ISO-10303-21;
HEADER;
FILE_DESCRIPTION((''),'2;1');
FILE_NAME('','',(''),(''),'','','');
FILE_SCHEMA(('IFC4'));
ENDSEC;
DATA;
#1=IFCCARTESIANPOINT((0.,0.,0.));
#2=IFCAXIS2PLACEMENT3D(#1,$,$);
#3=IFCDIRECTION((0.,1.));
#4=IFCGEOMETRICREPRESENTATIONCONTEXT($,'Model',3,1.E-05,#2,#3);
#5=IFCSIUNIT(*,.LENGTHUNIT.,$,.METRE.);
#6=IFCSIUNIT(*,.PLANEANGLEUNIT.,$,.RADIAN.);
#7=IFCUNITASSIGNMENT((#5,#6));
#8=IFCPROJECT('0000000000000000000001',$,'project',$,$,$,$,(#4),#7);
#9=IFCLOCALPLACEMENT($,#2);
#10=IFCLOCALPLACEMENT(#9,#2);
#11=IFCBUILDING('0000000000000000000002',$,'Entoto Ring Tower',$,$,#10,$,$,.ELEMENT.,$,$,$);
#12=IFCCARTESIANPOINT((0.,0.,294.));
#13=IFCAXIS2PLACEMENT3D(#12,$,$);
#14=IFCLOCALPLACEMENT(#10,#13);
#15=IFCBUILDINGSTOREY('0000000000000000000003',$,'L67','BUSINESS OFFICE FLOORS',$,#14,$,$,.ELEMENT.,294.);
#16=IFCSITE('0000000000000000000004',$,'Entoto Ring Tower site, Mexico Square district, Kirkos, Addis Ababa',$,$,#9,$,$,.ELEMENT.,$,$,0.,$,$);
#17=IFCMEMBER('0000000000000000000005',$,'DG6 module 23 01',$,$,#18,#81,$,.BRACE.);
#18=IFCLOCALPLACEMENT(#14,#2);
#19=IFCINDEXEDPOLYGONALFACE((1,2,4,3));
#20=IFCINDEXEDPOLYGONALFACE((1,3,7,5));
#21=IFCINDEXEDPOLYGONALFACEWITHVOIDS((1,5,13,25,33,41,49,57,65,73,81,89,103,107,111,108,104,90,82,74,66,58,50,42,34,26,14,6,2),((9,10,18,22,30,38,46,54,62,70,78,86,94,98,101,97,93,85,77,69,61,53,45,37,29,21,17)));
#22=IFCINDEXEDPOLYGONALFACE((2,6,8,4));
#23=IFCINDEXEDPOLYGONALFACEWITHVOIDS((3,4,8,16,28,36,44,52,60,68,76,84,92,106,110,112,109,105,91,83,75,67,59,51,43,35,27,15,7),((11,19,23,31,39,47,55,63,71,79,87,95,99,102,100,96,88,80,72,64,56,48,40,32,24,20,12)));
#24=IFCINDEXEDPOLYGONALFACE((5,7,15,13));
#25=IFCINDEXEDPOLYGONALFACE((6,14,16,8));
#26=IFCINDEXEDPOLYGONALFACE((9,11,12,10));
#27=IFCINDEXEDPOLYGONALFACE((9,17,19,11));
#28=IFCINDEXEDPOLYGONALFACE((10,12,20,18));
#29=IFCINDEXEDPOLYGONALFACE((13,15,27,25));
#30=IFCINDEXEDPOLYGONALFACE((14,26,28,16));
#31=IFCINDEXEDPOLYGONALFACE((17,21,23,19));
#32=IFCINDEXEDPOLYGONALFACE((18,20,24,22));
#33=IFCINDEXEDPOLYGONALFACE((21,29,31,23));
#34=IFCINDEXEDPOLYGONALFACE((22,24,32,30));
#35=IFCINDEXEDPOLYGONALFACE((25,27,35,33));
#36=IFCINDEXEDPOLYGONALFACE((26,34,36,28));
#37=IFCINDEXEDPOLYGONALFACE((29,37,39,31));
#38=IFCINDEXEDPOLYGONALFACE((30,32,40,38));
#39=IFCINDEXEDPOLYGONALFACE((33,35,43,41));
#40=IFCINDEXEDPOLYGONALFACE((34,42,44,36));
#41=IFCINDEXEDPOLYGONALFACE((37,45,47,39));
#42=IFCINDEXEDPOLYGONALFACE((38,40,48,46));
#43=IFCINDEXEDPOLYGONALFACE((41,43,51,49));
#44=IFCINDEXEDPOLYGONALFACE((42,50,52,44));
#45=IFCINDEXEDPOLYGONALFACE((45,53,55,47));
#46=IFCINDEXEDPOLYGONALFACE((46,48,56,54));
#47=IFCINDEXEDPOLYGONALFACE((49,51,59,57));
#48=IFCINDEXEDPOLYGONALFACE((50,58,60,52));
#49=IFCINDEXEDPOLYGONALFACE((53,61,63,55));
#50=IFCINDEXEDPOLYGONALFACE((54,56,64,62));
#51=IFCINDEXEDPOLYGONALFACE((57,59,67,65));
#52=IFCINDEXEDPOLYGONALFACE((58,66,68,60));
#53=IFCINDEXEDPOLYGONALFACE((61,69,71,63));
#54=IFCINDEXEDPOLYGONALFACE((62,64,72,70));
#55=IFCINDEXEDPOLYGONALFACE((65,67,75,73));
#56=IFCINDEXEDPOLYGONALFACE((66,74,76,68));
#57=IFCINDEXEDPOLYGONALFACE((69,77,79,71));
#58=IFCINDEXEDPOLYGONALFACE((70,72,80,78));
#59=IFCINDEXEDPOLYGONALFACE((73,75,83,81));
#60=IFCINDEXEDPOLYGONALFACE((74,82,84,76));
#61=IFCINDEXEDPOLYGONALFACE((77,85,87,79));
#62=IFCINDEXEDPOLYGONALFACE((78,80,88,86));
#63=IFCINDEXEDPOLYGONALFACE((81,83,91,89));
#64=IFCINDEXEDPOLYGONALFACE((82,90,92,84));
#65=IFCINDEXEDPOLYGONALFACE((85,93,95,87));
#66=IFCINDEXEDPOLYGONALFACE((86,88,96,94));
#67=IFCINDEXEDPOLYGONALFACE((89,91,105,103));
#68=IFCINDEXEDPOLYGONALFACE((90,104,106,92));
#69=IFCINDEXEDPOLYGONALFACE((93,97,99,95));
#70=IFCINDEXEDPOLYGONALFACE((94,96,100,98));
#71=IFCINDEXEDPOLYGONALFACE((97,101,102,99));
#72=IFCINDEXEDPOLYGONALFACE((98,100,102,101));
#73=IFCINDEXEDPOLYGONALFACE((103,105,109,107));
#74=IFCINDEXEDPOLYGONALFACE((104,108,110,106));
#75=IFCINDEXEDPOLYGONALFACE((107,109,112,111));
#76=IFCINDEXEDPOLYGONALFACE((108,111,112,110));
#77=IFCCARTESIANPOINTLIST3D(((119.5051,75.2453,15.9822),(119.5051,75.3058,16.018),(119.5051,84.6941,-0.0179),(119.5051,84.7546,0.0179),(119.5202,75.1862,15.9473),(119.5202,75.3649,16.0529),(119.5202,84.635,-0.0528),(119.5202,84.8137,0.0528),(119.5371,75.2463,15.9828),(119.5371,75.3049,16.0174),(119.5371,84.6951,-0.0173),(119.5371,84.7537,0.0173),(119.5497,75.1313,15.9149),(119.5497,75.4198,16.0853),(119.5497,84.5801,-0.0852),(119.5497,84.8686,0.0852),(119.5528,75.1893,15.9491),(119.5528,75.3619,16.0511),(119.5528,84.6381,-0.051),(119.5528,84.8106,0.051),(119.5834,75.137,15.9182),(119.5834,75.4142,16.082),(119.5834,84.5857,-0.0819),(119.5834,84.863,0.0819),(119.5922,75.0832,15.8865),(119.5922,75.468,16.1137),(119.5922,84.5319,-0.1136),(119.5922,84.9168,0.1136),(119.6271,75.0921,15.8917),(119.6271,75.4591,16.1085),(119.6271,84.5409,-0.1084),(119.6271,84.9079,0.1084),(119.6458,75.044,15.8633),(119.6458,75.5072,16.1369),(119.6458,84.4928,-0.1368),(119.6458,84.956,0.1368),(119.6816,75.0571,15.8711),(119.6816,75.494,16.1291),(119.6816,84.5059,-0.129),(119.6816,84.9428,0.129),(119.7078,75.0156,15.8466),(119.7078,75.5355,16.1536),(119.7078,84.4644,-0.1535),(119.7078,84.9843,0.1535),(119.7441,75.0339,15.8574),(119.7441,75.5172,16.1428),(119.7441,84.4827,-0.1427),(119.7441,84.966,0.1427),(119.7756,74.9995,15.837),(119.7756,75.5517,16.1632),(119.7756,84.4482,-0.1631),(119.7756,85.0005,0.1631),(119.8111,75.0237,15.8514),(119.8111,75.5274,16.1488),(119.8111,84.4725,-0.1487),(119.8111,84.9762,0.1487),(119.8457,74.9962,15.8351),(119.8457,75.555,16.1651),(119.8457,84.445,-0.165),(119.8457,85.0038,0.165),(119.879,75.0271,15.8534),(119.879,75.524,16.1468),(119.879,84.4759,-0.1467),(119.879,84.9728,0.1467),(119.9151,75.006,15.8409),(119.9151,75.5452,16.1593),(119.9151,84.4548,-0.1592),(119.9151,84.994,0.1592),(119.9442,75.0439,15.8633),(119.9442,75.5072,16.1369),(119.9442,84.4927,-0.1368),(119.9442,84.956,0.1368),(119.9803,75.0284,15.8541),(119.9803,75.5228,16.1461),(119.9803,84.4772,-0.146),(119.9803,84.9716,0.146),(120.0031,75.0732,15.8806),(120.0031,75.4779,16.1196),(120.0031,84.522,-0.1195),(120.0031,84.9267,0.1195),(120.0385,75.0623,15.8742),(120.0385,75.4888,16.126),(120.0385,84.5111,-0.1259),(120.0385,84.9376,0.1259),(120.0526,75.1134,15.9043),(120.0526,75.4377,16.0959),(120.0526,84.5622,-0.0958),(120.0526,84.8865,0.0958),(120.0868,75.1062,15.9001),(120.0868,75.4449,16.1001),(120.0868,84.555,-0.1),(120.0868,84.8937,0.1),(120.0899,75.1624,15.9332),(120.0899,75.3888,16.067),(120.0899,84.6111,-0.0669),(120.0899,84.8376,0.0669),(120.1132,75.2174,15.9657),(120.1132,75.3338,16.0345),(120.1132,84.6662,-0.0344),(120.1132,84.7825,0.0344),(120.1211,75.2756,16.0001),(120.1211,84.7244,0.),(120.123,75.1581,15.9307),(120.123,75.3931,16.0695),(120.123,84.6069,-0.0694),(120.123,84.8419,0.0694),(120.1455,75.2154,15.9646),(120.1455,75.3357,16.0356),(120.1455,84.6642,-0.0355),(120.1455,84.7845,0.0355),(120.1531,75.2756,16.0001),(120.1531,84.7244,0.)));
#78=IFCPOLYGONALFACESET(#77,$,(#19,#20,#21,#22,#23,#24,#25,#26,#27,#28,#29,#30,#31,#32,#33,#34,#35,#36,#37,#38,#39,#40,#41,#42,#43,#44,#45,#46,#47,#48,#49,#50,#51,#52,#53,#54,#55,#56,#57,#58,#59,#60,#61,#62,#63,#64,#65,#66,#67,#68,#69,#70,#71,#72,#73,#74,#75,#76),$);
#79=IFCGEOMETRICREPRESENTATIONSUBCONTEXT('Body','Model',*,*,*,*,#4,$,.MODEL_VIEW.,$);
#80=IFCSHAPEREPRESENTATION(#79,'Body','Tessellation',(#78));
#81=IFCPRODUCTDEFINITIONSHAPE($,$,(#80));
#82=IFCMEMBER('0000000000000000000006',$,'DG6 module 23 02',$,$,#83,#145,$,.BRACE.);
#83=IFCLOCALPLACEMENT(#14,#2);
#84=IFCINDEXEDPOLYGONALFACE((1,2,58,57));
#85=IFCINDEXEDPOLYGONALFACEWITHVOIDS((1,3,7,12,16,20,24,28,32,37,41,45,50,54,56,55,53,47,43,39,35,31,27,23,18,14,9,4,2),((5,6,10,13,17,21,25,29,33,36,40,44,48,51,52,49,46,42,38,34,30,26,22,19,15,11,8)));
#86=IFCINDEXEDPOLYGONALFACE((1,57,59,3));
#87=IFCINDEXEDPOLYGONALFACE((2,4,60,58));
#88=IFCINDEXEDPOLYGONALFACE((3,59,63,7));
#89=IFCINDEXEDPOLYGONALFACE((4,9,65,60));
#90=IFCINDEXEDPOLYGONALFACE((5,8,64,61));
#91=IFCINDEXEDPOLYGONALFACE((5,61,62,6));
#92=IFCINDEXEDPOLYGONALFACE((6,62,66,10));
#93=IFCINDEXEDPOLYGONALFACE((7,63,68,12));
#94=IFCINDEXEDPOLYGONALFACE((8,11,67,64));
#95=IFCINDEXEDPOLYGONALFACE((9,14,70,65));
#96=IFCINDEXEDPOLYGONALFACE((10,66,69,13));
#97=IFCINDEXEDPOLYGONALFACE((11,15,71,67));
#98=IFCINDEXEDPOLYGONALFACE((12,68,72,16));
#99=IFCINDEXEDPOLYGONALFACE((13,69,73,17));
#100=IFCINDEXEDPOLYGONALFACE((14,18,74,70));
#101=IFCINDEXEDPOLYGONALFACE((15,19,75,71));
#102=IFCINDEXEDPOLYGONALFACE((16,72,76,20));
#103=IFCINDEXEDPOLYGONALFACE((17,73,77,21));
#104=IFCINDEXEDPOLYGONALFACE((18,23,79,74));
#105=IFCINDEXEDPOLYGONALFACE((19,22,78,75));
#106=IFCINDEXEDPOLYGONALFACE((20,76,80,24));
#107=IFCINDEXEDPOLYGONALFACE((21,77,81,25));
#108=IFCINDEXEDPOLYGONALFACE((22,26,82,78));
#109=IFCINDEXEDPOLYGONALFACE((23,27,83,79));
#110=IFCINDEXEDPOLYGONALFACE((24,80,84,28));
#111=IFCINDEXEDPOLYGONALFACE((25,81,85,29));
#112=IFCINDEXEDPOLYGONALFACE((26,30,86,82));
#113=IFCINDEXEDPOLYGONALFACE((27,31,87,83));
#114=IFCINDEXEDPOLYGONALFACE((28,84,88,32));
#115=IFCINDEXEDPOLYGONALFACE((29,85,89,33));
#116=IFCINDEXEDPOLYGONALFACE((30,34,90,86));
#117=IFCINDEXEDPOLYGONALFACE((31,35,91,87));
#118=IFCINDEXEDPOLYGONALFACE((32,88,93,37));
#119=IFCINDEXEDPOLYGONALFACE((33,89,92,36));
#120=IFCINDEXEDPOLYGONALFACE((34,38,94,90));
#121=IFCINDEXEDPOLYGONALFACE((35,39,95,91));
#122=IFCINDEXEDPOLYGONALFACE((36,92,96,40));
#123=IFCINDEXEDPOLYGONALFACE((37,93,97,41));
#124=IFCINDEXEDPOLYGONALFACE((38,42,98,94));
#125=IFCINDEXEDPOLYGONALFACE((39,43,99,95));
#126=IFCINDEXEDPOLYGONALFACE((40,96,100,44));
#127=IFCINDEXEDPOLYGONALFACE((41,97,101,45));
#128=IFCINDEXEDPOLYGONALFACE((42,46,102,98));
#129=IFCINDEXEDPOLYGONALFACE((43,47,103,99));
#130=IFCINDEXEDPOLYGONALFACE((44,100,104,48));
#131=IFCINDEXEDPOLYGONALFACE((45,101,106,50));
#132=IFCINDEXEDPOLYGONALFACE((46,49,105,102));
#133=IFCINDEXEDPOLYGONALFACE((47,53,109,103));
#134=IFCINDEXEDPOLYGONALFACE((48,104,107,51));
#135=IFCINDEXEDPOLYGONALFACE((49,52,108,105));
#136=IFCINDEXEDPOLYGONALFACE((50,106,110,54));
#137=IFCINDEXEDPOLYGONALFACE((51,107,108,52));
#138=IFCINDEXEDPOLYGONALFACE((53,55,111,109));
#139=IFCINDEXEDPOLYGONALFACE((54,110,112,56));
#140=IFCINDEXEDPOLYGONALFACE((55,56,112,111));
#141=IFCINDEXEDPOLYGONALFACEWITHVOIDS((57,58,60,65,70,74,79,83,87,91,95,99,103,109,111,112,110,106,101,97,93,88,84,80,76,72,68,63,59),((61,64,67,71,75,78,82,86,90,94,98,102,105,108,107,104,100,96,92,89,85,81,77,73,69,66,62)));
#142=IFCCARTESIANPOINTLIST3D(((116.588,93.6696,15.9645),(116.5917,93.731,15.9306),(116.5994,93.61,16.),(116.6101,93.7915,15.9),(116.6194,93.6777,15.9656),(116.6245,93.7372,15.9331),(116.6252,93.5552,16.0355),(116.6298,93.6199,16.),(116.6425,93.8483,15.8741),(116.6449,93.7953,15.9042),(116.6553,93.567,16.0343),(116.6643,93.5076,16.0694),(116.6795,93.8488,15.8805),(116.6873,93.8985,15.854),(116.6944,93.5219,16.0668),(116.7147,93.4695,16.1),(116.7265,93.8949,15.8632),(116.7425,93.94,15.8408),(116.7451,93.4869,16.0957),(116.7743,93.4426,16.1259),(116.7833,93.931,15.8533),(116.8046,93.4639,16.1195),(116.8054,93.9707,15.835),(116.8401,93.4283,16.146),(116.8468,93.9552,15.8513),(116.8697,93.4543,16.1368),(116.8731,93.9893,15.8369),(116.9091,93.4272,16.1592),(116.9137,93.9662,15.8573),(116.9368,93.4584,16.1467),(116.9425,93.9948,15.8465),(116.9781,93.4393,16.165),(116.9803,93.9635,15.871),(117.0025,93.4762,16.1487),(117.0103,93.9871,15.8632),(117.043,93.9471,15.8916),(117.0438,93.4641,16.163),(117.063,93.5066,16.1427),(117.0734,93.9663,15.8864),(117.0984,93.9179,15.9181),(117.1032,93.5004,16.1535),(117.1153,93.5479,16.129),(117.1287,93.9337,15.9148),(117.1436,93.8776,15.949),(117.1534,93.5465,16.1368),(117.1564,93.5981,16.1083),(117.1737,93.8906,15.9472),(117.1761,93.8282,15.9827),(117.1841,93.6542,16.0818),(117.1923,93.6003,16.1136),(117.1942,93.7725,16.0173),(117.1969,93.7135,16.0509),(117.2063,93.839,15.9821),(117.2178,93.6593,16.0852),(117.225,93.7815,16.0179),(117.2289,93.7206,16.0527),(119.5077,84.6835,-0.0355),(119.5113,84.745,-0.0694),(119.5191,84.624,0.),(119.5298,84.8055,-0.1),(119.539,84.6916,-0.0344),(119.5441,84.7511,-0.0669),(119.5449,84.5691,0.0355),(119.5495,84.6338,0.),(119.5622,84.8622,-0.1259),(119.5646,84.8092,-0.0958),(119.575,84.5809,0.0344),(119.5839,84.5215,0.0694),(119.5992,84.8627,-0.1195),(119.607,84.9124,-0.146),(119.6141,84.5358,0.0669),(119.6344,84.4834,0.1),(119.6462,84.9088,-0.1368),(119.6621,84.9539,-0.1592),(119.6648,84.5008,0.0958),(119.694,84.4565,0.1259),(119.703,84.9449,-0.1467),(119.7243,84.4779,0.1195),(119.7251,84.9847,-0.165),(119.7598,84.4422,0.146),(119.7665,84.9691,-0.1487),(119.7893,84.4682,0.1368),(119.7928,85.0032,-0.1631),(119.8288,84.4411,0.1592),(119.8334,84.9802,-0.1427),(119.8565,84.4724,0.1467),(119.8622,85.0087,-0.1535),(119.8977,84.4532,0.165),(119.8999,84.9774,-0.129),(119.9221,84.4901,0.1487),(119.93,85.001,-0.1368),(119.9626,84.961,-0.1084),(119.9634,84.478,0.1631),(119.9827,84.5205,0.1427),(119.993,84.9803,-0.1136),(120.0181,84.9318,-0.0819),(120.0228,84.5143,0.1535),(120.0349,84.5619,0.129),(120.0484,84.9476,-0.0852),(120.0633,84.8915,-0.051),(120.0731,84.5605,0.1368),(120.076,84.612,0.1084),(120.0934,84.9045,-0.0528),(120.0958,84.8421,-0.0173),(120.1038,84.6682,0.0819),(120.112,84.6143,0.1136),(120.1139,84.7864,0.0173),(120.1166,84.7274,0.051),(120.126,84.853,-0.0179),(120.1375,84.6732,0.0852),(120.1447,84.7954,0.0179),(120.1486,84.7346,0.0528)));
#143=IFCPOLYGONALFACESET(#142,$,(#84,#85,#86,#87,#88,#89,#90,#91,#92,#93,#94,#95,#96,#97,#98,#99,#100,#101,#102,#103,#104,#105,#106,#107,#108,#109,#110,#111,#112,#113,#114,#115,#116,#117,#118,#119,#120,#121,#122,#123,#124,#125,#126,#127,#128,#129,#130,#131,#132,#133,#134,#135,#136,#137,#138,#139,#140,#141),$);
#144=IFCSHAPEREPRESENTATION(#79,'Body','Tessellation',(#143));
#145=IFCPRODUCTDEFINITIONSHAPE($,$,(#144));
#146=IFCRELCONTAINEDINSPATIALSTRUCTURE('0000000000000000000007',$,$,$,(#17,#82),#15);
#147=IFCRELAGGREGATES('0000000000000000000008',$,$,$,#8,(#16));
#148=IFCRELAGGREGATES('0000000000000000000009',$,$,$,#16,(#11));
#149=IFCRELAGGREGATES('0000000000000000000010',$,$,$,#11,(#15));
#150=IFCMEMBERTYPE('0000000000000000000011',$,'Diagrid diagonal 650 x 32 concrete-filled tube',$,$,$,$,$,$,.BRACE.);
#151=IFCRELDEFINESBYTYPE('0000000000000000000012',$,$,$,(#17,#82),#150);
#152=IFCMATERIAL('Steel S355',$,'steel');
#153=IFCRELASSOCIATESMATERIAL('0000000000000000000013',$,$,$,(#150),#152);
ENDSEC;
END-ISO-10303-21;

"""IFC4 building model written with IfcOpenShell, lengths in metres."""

from ifc_helpers import new_model, si_unit, direction, frame, origin, origin_2d, place, context, subcontext, project, spatial, circle, hollow_circle, extrude, material, material_profile, profile_set, type_object, element, save


model = new_model("IFC4")

# Units and contexts
model_context = context("Model", 3, precision=1e-05, world=origin(), true_north=direction((0.0, 1.0)))
body_context = subcontext(model_context, "Body", "Model", "MODEL_VIEW")
ifc_project = project(units=[si_unit("LENGTHUNIT", "METRE"), si_unit("PLANEANGLEUNIT", "RADIAN")], contexts=[model_context])

# Site, building, storey
site_placement = place(None, origin())
site = spatial("IfcSite", under=ifc_project, at=site_placement, Name="Entoto Ring Tower site, Mexico Square district, Kirkos, Addis Ababa", CompositionType="ELEMENT", RefElevation=0.0)
building_placement = place(site_placement, origin())
building = spatial("IfcBuilding", under=site, at=building_placement, Name="Entoto Ring Tower", CompositionType="ELEMENT")
storey_placement = place(building_placement, frame((0.0, 0.0, 294.0)))
storey = spatial("IfcBuildingStorey", under=building, at=storey_placement, Name="L67", Description="BUSINESS OFFICE FLOORS", CompositionType="ELEMENT", Elevation=294.0)

# Members
ifc_material_1 = material(Name="Steel S355", Category="steel")
ifc_material_profile_1 = material_profile(ifc_material_1, hollow_circle(Radius=0.325, WallThickness=0.032, at=origin_2d()), Name="CHS 650 x 32")
ifc_material_2 = material(Name="Concrete C60/75", Category="concrete")
ifc_material_profile_2 = material_profile(ifc_material_2, circle(Radius=0.293, at=origin_2d()), Name="Concrete C60/75 infill")
ifc_profile_set_1 = profile_set([ifc_material_profile_1, ifc_material_profile_2], Name="Steel S355")
member_type_1 = type_object("IfcMemberType", Name="Diagrid diagonal 650 x 32 concrete-filled tube", PredefinedType="BRACE", material=ifc_profile_set_1)
member_1_placement = place(storey_placement, frame((119.8281, 84.7244, 0.0), z_axis=(0.0, -0.508497, 0.861064), x_axis=(1.0, 0.0, 0.0)))
element("IfcMember", 1, at=member_1_placement, inside=storey, type_object=member_type_1, Name="DG6 module 23 01", PredefinedType="BRACE", context=body_context, shape_type="SweptSolid", body=[
    extrude(hollow_circle(Radius=0.325, WallThickness=0.032, at=origin_2d()), origin(), (0.0, 0.0, 1.0), 18.5818),
])
member_2_placement = place(storey_placement, frame((119.8281, 84.7244, 0.0), z_axis=(-0.157128, 0.483602, 0.861069), x_axis=(-0.951059, -0.30901, 0.0)))
element("IfcMember", 2, at=member_2_placement, inside=storey, type_object=member_type_1, Name="DG6 module 23 02", PredefinedType="BRACE", context=body_context, shape_type="SweptSolid", body=[
    extrude(hollow_circle(Radius=0.325, WallThickness=0.032, at=origin_2d()), origin(), (0.0, 0.0, 1.0), 18.5815),
])

save(model, "model.ifc")
